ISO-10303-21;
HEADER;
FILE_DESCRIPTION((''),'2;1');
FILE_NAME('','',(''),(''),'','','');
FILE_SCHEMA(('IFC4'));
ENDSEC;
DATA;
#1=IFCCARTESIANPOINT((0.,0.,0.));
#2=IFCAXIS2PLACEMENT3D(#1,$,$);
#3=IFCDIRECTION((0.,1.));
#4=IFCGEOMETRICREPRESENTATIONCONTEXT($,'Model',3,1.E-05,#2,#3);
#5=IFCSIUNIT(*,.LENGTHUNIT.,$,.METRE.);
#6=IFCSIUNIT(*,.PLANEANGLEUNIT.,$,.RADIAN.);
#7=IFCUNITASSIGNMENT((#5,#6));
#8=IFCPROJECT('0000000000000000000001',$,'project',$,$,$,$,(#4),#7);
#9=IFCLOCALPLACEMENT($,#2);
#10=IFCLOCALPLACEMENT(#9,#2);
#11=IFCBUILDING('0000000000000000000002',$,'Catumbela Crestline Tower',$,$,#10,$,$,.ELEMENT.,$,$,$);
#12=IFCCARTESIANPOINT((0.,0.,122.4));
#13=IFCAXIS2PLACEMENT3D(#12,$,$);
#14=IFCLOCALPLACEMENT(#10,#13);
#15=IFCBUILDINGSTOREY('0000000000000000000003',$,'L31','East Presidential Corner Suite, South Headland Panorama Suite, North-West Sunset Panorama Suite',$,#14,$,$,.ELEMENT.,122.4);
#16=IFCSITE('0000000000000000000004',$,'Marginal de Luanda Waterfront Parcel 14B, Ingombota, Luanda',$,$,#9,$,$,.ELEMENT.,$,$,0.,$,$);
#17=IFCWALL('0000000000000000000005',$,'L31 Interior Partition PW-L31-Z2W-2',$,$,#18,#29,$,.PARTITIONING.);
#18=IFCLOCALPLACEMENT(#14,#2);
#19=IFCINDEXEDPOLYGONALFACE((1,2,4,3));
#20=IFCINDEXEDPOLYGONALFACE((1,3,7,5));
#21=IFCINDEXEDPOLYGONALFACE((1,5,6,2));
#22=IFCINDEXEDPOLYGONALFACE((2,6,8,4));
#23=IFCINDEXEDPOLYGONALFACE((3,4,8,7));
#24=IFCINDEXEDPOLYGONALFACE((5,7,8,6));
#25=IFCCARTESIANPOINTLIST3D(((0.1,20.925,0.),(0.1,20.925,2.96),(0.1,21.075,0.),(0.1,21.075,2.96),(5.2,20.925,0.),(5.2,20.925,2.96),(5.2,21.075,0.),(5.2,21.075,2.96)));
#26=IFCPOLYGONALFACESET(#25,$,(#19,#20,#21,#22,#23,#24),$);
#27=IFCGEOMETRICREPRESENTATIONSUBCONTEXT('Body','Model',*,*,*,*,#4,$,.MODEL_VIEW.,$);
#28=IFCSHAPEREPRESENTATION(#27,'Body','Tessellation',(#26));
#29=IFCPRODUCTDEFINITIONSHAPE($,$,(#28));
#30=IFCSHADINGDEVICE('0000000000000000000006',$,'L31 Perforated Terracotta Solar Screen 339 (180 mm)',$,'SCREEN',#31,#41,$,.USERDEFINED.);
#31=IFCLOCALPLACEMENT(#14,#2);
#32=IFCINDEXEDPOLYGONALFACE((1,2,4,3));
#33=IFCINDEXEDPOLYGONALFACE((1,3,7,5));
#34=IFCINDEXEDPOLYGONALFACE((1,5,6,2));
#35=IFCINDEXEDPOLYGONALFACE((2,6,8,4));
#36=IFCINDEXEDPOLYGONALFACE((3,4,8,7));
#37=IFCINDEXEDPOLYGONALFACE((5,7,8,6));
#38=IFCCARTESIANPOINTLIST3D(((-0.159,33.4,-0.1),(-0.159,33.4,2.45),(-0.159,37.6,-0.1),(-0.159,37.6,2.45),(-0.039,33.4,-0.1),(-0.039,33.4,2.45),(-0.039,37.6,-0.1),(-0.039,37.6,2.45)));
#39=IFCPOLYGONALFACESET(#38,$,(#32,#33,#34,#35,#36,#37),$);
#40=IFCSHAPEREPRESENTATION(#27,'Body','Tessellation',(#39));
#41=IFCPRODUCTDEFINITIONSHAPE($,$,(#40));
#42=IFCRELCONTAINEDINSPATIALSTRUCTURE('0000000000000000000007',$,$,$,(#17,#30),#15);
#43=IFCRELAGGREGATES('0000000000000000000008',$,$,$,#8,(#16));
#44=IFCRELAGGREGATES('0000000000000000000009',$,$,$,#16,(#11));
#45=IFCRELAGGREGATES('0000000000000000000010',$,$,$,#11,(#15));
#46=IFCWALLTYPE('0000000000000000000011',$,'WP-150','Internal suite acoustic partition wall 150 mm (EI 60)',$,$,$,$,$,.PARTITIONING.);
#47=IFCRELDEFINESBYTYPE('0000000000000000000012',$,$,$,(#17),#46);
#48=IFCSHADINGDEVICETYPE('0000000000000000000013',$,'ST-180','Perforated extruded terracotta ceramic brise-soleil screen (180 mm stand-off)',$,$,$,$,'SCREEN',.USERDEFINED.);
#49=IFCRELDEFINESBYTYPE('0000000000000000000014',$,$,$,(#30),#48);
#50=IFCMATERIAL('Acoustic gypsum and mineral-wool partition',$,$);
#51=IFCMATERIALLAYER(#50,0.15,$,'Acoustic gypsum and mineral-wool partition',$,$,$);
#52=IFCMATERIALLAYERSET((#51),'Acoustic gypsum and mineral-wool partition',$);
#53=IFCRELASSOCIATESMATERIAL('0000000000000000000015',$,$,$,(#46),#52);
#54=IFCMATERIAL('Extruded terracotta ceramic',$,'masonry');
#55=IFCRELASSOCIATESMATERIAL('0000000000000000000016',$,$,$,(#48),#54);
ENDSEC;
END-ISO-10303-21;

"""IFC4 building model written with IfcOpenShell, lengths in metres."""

from ifc_helpers import new_model, si_unit, direction, frame, frame_2d, origin, origin_2d, place, context, subcontext, project, spatial, rectangle, extrude, material, layer, layer_set, type_object, element, save


model = new_model("IFC4")

# Units and contexts
model_context = context("Model", 3, precision=1e-05, world=origin(), true_north=direction((0.0, 1.0)))
body_context = subcontext(model_context, "Body", "Model", "MODEL_VIEW")
ifc_project = project(units=[si_unit("LENGTHUNIT", "METRE"), si_unit("PLANEANGLEUNIT", "RADIAN")], contexts=[model_context])

# Site, building, storey
site_placement = place(None, origin())
site = spatial("IfcSite", under=ifc_project, at=site_placement, Name="Marginal de Luanda Waterfront Parcel 14B, Ingombota, Luanda", CompositionType="ELEMENT", RefElevation=0.0)
building_placement = place(site_placement, origin())
building = spatial("IfcBuilding", under=site, at=building_placement, Name="Catumbela Crestline Tower", CompositionType="ELEMENT")
storey_placement = place(building_placement, frame((0.0, 0.0, 122.4)))
storey = spatial("IfcBuildingStorey", under=building, at=storey_placement, Name="L31", Description="East Presidential Corner Suite, South Headland Panorama Suite, North-West Sunset Panorama Suite", CompositionType="ELEMENT", Elevation=122.4)

# Wall
ifc_material_1 = material(Name="Acoustic gypsum and mineral-wool partition")
ifc_layer_1 = layer(ifc_material_1, 0.15, Name="Acoustic gypsum and mineral-wool partition")
ifc_layer_set_1 = layer_set([ifc_layer_1], Name="Acoustic gypsum and mineral-wool partition")
wall_type_1 = type_object("IfcWallType", Name="WP-150", Description="Internal suite acoustic partition wall 150 mm (EI 60)", PredefinedType="PARTITIONING", material=ifc_layer_set_1)
wall_1_placement = place(storey_placement, frame((0.1, 21.0, 0.0), z_axis=(0.0, 0.0, 1.0), x_axis=(1.0, 0.0, 0.0)))
element("IfcWall", 1, at=wall_1_placement, inside=storey, type_object=wall_type_1, Name="L31 Interior Partition PW-L31-Z2W-2", PredefinedType="PARTITIONING", context=body_context, shape_type="SweptSolid", body=[
    extrude(rectangle(XDim=5.1, YDim=0.15, at=frame_2d((2.55, 0.0))), origin(), (0.0, 0.0, 1.0), 2.96),
])

# Shading device
ifc_material_2 = material(Name="Extruded terracotta ceramic", Category="masonry")
shading_device_type = type_object("IfcShadingDeviceType", Name="ST-180", Description="Perforated extruded terracotta ceramic brise-soleil screen (180 mm stand-off)", ElementType="SCREEN", PredefinedType="USERDEFINED", material=ifc_material_2)
shading_device_placement = place(storey_placement, frame((-0.099, 35.5, -0.1), z_axis=(0.0, 0.0, 1.0), x_axis=(0.0, -1.0, 0.0)))
element("IfcShadingDevice", 2, at=shading_device_placement, inside=storey, type_object=shading_device_type, Name="L31 Perforated Terracotta Solar Screen 339 (180 mm)", ObjectType="SCREEN", PredefinedType="USERDEFINED", context=body_context, shape_type="SweptSolid", body=[
    extrude(rectangle(XDim=4.2, YDim=0.12, at=origin_2d()), origin(), (0.0, 0.0, 1.0), 2.55),
])

save(model, "model.ifc")
